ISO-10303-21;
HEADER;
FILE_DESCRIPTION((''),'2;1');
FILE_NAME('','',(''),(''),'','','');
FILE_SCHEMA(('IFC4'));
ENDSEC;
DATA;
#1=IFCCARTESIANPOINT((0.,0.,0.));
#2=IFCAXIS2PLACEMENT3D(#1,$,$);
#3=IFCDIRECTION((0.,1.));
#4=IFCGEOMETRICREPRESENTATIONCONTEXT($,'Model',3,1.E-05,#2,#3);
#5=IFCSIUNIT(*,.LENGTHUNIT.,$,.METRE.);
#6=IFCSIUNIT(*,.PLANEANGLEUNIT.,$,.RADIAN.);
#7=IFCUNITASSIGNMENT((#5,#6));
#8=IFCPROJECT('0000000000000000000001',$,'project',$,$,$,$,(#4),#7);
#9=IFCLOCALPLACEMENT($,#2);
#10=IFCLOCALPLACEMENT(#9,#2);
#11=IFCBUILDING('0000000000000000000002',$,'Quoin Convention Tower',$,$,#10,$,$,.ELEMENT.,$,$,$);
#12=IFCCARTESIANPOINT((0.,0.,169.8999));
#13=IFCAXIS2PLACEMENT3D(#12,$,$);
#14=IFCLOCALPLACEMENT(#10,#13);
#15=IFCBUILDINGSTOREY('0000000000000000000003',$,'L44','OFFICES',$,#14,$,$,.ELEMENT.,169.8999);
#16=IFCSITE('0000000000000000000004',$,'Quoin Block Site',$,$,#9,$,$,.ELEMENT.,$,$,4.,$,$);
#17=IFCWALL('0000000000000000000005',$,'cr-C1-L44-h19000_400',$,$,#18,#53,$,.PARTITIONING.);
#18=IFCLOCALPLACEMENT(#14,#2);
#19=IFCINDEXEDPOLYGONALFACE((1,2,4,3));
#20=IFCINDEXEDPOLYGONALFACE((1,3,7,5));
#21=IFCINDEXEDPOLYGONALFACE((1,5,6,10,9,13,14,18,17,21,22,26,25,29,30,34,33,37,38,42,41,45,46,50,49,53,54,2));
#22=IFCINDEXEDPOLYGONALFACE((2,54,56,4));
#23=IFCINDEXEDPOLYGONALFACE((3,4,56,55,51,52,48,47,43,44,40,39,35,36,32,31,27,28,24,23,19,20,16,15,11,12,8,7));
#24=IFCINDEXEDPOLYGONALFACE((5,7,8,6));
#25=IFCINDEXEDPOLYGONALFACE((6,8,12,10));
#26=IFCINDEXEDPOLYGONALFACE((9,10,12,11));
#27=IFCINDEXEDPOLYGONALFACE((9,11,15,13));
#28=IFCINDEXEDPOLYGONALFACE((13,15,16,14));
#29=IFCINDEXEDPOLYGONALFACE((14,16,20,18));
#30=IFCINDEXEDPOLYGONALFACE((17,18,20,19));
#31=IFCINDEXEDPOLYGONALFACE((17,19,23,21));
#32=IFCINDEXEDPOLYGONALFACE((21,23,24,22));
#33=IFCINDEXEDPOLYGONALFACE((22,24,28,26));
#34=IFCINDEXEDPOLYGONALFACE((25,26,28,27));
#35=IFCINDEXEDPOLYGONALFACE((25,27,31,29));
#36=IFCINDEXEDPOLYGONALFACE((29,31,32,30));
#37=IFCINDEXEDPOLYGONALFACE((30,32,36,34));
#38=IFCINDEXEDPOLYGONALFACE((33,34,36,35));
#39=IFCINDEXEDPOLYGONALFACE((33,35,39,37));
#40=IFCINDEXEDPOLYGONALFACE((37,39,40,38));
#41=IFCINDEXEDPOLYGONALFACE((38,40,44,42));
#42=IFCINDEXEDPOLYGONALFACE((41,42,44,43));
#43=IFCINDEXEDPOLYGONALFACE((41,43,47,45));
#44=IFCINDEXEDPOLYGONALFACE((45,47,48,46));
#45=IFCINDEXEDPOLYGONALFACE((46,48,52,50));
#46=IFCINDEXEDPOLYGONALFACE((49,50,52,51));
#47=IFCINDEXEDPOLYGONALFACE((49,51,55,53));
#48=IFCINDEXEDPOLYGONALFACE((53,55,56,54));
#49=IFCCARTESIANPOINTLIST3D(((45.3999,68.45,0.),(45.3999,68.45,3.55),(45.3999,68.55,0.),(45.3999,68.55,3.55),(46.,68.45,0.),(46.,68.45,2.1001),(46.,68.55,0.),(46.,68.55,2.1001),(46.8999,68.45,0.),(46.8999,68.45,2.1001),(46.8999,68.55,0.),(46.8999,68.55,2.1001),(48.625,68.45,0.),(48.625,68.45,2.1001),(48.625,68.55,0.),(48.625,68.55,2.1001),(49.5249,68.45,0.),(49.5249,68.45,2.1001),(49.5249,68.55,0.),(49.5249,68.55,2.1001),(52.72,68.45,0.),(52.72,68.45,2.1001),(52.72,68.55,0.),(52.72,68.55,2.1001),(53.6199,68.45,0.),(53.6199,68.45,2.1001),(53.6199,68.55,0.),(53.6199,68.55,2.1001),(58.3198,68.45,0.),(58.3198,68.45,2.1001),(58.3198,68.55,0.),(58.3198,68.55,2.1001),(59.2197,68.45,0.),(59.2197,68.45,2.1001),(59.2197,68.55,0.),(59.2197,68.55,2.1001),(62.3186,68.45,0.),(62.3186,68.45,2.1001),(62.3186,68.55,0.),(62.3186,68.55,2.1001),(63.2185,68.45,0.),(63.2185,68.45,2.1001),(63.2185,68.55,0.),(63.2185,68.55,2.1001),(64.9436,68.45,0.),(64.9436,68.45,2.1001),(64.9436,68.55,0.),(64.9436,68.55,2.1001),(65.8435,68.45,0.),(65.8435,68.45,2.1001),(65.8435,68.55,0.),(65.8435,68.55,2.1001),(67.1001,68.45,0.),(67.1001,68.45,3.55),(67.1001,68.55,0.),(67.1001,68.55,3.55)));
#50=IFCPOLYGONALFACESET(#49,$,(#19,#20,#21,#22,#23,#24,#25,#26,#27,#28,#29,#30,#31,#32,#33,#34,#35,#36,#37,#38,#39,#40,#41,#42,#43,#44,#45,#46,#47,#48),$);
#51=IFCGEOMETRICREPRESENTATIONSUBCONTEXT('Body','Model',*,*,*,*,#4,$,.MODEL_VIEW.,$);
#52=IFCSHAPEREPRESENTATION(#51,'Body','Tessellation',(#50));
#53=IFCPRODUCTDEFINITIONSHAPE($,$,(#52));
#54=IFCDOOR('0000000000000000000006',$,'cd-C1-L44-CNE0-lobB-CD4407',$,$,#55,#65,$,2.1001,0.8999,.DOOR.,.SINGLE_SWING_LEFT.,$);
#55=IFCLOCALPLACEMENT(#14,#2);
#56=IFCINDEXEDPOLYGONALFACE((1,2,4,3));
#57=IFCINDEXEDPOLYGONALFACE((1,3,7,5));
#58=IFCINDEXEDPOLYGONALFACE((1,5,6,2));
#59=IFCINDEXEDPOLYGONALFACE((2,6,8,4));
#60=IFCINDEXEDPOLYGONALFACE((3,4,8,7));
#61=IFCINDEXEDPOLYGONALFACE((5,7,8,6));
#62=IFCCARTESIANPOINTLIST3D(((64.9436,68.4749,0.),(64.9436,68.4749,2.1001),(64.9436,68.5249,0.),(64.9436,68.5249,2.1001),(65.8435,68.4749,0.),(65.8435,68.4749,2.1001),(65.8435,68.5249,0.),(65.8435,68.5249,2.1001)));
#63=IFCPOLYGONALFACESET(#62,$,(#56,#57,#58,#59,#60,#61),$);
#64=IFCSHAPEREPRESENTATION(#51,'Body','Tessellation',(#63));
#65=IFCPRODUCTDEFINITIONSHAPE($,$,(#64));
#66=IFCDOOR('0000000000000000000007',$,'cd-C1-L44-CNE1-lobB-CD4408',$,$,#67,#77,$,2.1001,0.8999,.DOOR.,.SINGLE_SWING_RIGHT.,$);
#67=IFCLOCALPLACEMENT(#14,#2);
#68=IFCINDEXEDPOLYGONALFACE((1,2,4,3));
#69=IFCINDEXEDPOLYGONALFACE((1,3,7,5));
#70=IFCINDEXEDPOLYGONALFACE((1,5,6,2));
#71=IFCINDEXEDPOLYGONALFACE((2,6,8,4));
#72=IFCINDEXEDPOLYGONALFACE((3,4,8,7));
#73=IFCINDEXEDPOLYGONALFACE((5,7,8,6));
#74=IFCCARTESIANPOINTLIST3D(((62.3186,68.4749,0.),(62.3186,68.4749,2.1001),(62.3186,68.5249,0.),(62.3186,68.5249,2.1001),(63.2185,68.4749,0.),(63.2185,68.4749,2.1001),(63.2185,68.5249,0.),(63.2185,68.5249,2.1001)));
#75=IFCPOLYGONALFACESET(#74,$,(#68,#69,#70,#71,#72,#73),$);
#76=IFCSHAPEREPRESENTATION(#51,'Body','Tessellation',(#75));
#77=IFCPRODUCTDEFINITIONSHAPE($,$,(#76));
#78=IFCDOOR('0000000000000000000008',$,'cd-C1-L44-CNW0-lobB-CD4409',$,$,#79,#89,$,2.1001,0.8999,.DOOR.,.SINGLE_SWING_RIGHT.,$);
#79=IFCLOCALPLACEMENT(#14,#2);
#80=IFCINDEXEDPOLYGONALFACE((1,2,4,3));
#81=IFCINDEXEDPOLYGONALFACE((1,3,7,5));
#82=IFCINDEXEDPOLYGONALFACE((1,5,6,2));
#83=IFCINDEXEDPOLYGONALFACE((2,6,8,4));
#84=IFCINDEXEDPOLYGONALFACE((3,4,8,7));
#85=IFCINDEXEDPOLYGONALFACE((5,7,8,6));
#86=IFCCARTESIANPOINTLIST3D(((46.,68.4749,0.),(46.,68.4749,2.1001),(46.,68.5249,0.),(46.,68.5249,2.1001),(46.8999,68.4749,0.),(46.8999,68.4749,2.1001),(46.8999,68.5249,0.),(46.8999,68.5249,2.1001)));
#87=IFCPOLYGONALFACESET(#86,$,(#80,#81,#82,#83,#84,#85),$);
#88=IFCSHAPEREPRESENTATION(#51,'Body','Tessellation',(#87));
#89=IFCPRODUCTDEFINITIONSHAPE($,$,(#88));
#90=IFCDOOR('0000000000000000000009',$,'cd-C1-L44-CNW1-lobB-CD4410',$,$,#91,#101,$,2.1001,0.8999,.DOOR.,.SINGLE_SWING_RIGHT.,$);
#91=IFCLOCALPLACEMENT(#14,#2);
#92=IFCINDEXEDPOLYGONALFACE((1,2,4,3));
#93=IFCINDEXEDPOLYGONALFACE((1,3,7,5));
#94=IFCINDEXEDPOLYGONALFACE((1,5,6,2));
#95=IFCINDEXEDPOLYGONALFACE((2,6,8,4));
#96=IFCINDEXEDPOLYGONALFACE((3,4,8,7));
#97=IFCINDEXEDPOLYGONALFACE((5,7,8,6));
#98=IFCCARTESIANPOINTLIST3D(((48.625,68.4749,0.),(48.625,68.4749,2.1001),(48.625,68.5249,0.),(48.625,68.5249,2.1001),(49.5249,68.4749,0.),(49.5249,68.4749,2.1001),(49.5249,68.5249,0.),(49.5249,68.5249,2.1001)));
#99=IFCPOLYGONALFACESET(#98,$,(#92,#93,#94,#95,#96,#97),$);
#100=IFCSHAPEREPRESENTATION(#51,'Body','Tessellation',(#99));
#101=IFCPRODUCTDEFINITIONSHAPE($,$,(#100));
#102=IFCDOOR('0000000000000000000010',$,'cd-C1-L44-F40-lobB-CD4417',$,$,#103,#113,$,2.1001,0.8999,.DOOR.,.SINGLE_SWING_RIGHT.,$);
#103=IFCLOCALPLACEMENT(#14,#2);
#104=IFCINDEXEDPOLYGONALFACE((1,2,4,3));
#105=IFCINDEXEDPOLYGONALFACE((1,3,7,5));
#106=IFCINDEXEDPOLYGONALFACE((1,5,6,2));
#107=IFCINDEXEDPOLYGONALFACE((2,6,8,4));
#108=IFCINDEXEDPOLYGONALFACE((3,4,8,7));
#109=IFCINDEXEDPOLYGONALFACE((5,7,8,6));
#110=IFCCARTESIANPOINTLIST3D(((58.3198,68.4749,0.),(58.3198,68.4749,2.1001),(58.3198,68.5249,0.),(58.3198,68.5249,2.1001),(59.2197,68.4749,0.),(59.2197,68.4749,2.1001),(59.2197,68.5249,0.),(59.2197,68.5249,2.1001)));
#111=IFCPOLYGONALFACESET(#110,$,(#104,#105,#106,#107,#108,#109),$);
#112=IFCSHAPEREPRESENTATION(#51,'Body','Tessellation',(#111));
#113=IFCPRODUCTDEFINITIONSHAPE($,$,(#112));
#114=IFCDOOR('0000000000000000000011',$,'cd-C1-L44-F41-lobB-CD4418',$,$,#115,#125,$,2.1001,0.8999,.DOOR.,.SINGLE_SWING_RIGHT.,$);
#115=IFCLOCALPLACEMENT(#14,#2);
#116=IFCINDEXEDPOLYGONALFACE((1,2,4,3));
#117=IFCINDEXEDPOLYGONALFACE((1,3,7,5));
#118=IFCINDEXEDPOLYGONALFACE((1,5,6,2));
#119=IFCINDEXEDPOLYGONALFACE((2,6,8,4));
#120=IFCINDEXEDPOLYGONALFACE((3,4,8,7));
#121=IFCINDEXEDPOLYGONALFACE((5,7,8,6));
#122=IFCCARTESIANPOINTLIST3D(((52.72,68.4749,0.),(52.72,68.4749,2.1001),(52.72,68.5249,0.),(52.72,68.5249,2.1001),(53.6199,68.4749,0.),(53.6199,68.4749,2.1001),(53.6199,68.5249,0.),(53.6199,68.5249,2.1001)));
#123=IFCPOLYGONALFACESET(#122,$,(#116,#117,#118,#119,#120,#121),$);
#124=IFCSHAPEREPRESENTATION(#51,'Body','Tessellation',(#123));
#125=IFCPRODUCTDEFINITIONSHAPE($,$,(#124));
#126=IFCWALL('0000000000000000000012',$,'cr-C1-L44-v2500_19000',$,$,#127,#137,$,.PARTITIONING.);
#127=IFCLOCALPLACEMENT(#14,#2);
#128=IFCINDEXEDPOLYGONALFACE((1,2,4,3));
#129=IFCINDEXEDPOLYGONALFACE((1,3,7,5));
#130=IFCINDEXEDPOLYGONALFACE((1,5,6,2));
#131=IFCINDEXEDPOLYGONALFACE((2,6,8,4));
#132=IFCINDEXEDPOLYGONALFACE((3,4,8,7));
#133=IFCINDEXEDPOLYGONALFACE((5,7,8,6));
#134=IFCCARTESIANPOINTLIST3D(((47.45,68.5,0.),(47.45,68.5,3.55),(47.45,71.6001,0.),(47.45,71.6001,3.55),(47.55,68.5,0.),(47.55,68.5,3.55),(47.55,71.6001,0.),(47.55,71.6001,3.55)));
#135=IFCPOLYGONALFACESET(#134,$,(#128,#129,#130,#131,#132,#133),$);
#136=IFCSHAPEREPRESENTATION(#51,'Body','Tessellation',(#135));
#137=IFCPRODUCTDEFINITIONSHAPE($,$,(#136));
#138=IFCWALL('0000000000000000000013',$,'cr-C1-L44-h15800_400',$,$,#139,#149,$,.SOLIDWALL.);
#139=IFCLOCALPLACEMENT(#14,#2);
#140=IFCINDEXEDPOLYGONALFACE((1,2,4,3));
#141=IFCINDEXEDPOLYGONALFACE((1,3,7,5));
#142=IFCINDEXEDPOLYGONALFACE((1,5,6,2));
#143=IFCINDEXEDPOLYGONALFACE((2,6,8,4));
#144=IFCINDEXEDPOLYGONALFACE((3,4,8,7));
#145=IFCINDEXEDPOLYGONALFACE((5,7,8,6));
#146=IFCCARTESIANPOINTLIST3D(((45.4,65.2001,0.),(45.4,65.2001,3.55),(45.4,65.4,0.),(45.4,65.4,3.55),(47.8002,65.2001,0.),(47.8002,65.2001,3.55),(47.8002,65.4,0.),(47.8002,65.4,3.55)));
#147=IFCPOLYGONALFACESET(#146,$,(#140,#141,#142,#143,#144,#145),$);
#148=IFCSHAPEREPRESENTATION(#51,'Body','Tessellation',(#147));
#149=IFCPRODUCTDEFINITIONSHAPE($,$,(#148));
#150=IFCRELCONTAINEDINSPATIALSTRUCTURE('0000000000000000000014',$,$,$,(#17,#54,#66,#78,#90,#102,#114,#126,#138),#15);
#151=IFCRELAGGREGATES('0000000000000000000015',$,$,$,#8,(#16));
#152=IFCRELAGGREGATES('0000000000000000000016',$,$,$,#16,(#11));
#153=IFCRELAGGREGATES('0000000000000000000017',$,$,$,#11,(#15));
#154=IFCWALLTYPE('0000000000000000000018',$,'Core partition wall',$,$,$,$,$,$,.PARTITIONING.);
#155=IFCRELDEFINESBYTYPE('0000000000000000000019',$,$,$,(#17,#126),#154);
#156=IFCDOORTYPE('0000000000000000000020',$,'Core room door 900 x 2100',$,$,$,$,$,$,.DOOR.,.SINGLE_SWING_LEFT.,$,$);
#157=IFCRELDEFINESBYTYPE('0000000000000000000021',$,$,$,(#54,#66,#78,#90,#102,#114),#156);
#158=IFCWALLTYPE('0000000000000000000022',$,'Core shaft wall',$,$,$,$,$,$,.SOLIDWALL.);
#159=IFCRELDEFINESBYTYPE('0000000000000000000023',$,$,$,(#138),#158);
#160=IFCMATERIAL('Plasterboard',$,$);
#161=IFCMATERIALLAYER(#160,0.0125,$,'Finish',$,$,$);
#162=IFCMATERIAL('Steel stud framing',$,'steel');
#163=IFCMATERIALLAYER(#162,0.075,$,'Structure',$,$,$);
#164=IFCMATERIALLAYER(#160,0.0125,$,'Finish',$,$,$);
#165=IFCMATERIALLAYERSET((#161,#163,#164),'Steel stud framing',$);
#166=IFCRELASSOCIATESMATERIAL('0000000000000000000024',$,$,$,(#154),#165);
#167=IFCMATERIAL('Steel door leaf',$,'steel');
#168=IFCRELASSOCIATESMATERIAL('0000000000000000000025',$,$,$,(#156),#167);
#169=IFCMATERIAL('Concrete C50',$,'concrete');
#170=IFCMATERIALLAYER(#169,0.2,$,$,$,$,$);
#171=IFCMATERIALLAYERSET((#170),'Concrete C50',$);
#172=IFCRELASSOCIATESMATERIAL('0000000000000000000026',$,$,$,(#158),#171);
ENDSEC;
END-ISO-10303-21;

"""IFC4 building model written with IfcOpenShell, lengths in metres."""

from ifc_helpers import new_model, si_unit, direction, frame, frame_2d, origin, place, context, subcontext, project, spatial, rectangle, extrude, material, layer, layer_set, type_object, element, fill, save


model = new_model("IFC4")

# Units and contexts
model_context = context("Model", 3, precision=1e-05, world=origin(), true_north=direction((0.0, 1.0)))
body_context = subcontext(model_context, "Body", "Model", "MODEL_VIEW")
ifc_project = project(units=[si_unit("LENGTHUNIT", "METRE"), si_unit("PLANEANGLEUNIT", "RADIAN")], contexts=[model_context])

# Site, building, storey
site_placement = place(None, origin())
site = spatial("IfcSite", under=ifc_project, at=site_placement, Name="Quoin Block Site", CompositionType="ELEMENT", RefElevation=4.0)
building_placement = place(site_placement, origin())
building = spatial("IfcBuilding", under=site, at=building_placement, Name="Quoin Convention Tower", CompositionType="ELEMENT")
storey_placement = place(building_placement, frame((0.0, 0.0, 169.8999)))
storey = spatial("IfcBuildingStorey", under=building, at=storey_placement, Name="L44", Description="OFFICES", CompositionType="ELEMENT", Elevation=169.8999)

# Wall, openings, doors
ifc_material_1 = material(Name="Plasterboard")
ifc_layer_1 = layer(ifc_material_1, 0.0125, Name="Finish")
ifc_material_2 = material(Name="Steel stud framing", Category="steel")
ifc_layer_2 = layer(ifc_material_2, 0.075, Name="Structure")
ifc_layer_3 = layer(ifc_material_1, 0.0125, Name="Finish")
ifc_layer_set_1 = layer_set([ifc_layer_1, ifc_layer_2, ifc_layer_3], Name="Steel stud framing")
wall_type_1 = type_object("IfcWallType", Name="Core partition wall", PredefinedType="PARTITIONING", material=ifc_layer_set_1)
wall_1_placement = place(storey_placement, frame((45.3999, 68.5, 0.0), z_axis=(0.0, 0.0, 1.0), x_axis=(1.0, 0.0, 0.0)))
wall_1 = element("IfcWall", 1, at=wall_1_placement, inside=storey, type_object=wall_type_1, Name="cr-C1-L44-h19000_400", PredefinedType="PARTITIONING", context=body_context, shape_type="SweptSolid", body=[
    extrude(rectangle(XDim=21.7002, YDim=0.1001, at=frame_2d((10.8501, 0.0))), origin(), (0.0, 0.0, 1.0), 3.55),
])
opening_1_placement = place(wall_1_placement, frame((19.5437, 0.0, 0.0)))
opening_1 = element("IfcOpeningElement", 2, at=opening_1_placement, cuts=wall_1, PredefinedType="OPENING", context=body_context, shape_type="SweptSolid", body=[
    extrude(rectangle(XDim=0.8999, YDim=2.1001, at=frame_2d((0.45, 1.05))), frame((0.0, 0.0601, 0.0), z_axis=(0.0, -1.0, 0.0), x_axis=(1.0, 0.0, 0.0)), (0.0, 0.0, 1.0), 0.1201),
])
opening_2_placement = place(wall_1_placement, frame((16.9187, 0.0, 0.0)))
opening_2 = element("IfcOpeningElement", 3, at=opening_2_placement, cuts=wall_1, PredefinedType="OPENING", context=body_context, shape_type="SweptSolid", body=[
    extrude(rectangle(XDim=0.8999, YDim=2.1001, at=frame_2d((0.45, 1.05))), frame((0.0, 0.0601, 0.0), z_axis=(0.0, -1.0, 0.0), x_axis=(1.0, 0.0, 0.0)), (0.0, 0.0, 1.0), 0.1201),
])
opening_3_placement = place(wall_1_placement, frame((0.6001, 0.0, 0.0)))
opening_3 = element("IfcOpeningElement", 4, at=opening_3_placement, cuts=wall_1, PredefinedType="OPENING", context=body_context, shape_type="SweptSolid", body=[
    extrude(rectangle(XDim=0.8999, YDim=2.1001, at=frame_2d((0.45, 1.05))), frame((0.0, 0.0601, 0.0), z_axis=(0.0, -1.0, 0.0), x_axis=(1.0, 0.0, 0.0)), (0.0, 0.0, 1.0), 0.1201),
])
opening_4_placement = place(wall_1_placement, frame((3.2251, 0.0, 0.0)))
opening_4 = element("IfcOpeningElement", 5, at=opening_4_placement, cuts=wall_1, PredefinedType="OPENING", context=body_context, shape_type="SweptSolid", body=[
    extrude(rectangle(XDim=0.8999, YDim=2.1001, at=frame_2d((0.45, 1.05))), frame((0.0, 0.0601, 0.0), z_axis=(0.0, -1.0, 0.0), x_axis=(1.0, 0.0, 0.0)), (0.0, 0.0, 1.0), 0.1201),
])
opening_5_placement = place(wall_1_placement, frame((12.9199, 0.0, 0.0)))
opening_5 = element("IfcOpeningElement", 6, at=opening_5_placement, cuts=wall_1, PredefinedType="OPENING", context=body_context, shape_type="SweptSolid", body=[
    extrude(rectangle(XDim=0.8999, YDim=2.1001, at=frame_2d((0.45, 1.05))), frame((0.0, 0.0601, 0.0), z_axis=(0.0, -1.0, 0.0), x_axis=(1.0, 0.0, 0.0)), (0.0, 0.0, 1.0), 0.1201),
])
opening_6_placement = place(wall_1_placement, frame((7.3201, 0.0, 0.0)))
opening_6 = element("IfcOpeningElement", 7, at=opening_6_placement, cuts=wall_1, PredefinedType="OPENING", context=body_context, shape_type="SweptSolid", body=[
    extrude(rectangle(XDim=0.8999, YDim=2.1001, at=frame_2d((0.45, 1.05))), frame((0.0, 0.0601, 0.0), z_axis=(0.0, -1.0, 0.0), x_axis=(1.0, 0.0, 0.0)), (0.0, 0.0, 1.0), 0.1201),
])
ifc_material_3 = material(Name="Steel door leaf", Category="steel")
door_type_1 = type_object("IfcDoorType", Name="Core room door 900 x 2100", OperationType="SINGLE_SWING_LEFT", PredefinedType="DOOR", material=ifc_material_3)
door_1_placement = place(opening_1_placement, origin())
door_1 = element("IfcDoor", 8, at=door_1_placement, inside=storey, type_object=door_type_1, Name="cd-C1-L44-CNE0-lobB-CD4407", OperationType="SINGLE_SWING_LEFT", OverallHeight=2.1001, OverallWidth=0.8999, PredefinedType="DOOR", context=body_context, shape_type="SweptSolid", body=[
    extrude(rectangle(XDim=0.8999, YDim=2.1001, at=frame_2d((0.45, 1.05))), frame((0.0, 0.0249, 0.0), z_axis=(0.0, -1.0, 0.0), x_axis=(1.0, 0.0, 0.0)), (0.0, 0.0, 1.0), 0.05),
])
fill(opening_1, door_1)
door_2_placement = place(opening_2_placement, origin())
door_2 = element("IfcDoor", 9, at=door_2_placement, inside=storey, type_object=door_type_1, Name="cd-C1-L44-CNE1-lobB-CD4408", OperationType="SINGLE_SWING_RIGHT", OverallHeight=2.1001, OverallWidth=0.8999, PredefinedType="DOOR", context=body_context, shape_type="SweptSolid", body=[
    extrude(rectangle(XDim=0.8999, YDim=2.1001, at=frame_2d((0.45, 1.05))), frame((0.0, 0.0249, 0.0), z_axis=(0.0, -1.0, 0.0), x_axis=(1.0, 0.0, 0.0)), (0.0, 0.0, 1.0), 0.05),
])
fill(opening_2, door_2)
door_3_placement = place(opening_3_placement, origin())
door_3 = element("IfcDoor", 10, at=door_3_placement, inside=storey, type_object=door_type_1, Name="cd-C1-L44-CNW0-lobB-CD4409", OperationType="SINGLE_SWING_RIGHT", OverallHeight=2.1001, OverallWidth=0.8999, PredefinedType="DOOR", context=body_context, shape_type="SweptSolid", body=[
    extrude(rectangle(XDim=0.8999, YDim=2.1001, at=frame_2d((0.45, 1.05))), frame((0.0, 0.0249, 0.0), z_axis=(0.0, -1.0, 0.0), x_axis=(1.0, 0.0, 0.0)), (0.0, 0.0, 1.0), 0.05),
])
fill(opening_3, door_3)
door_4_placement = place(opening_4_placement, origin())
door_4 = element("IfcDoor", 11, at=door_4_placement, inside=storey, type_object=door_type_1, Name="cd-C1-L44-CNW1-lobB-CD4410", OperationType="SINGLE_SWING_RIGHT", OverallHeight=2.1001, OverallWidth=0.8999, PredefinedType="DOOR", context=body_context, shape_type="SweptSolid", body=[
    extrude(rectangle(XDim=0.8999, YDim=2.1001, at=frame_2d((0.45, 1.05))), frame((0.0, 0.0249, 0.0), z_axis=(0.0, -1.0, 0.0), x_axis=(1.0, 0.0, 0.0)), (0.0, 0.0, 1.0), 0.05),
])
fill(opening_4, door_4)
door_5_placement = place(opening_5_placement, origin())
door_5 = element("IfcDoor", 12, at=door_5_placement, inside=storey, type_object=door_type_1, Name="cd-C1-L44-F40-lobB-CD4417", OperationType="SINGLE_SWING_RIGHT", OverallHeight=2.1001, OverallWidth=0.8999, PredefinedType="DOOR", context=body_context, shape_type="SweptSolid", body=[
    extrude(rectangle(XDim=0.8999, YDim=2.1001, at=frame_2d((0.45, 1.05))), frame((0.0, 0.0249, 0.0), z_axis=(0.0, -1.0, 0.0), x_axis=(1.0, 0.0, 0.0)), (0.0, 0.0, 1.0), 0.05),
])
fill(opening_5, door_5)
door_6_placement = place(opening_6_placement, origin())
door_6 = element("IfcDoor", 13, at=door_6_placement, inside=storey, type_object=door_type_1, Name="cd-C1-L44-F41-lobB-CD4418", OperationType="SINGLE_SWING_RIGHT", OverallHeight=2.1001, OverallWidth=0.8999, PredefinedType="DOOR", context=body_context, shape_type="SweptSolid", body=[
    extrude(rectangle(XDim=0.8999, YDim=2.1001, at=frame_2d((0.45, 1.05))), frame((0.0, 0.0249, 0.0), z_axis=(0.0, -1.0, 0.0), x_axis=(1.0, 0.0, 0.0)), (0.0, 0.0, 1.0), 0.05),
])
fill(opening_6, door_6)

# Walls
wall_2_placement = place(storey_placement, frame((47.5, 68.5, 0.0), z_axis=(0.0, 0.0, 1.0), x_axis=(0.0, 1.0, 0.0)))
element("IfcWall", 14, at=wall_2_placement, inside=storey, type_object=wall_type_1, Name="cr-C1-L44-v2500_19000", PredefinedType="PARTITIONING", context=body_context, shape_type="SweptSolid", body=[
    extrude(rectangle(XDim=3.1001, YDim=0.1001, at=frame_2d((1.55, 0.0))), origin(), (0.0, 0.0, 1.0), 3.55),
])
ifc_material_4 = material(Name="Concrete C50", Category="concrete")
ifc_layer_4 = layer(ifc_material_4, 0.2)
ifc_layer_set_2 = layer_set([ifc_layer_4], Name="Concrete C50")
wall_type_2 = type_object("IfcWallType", Name="Core shaft wall", PredefinedType="SOLIDWALL", material=ifc_layer_set_2)
wall_3_placement = place(storey_placement, frame((45.3999, 65.3, 0.0), z_axis=(0.0, 0.0, 1.0), x_axis=(1.0, 0.0, 0.0)))
element("IfcWall", 15, at=wall_3_placement, inside=storey, type_object=wall_type_2, Name="cr-C1-L44-h15800_400", PredefinedType="SOLIDWALL", context=body_context, shape_type="SweptSolid", body=[
    extrude(rectangle(XDim=2.4001, YDim=0.2, at=frame_2d((1.2002, 0.0))), origin(), (0.0, 0.0, 1.0), 3.55),
])

save(model, "model.ifc")
